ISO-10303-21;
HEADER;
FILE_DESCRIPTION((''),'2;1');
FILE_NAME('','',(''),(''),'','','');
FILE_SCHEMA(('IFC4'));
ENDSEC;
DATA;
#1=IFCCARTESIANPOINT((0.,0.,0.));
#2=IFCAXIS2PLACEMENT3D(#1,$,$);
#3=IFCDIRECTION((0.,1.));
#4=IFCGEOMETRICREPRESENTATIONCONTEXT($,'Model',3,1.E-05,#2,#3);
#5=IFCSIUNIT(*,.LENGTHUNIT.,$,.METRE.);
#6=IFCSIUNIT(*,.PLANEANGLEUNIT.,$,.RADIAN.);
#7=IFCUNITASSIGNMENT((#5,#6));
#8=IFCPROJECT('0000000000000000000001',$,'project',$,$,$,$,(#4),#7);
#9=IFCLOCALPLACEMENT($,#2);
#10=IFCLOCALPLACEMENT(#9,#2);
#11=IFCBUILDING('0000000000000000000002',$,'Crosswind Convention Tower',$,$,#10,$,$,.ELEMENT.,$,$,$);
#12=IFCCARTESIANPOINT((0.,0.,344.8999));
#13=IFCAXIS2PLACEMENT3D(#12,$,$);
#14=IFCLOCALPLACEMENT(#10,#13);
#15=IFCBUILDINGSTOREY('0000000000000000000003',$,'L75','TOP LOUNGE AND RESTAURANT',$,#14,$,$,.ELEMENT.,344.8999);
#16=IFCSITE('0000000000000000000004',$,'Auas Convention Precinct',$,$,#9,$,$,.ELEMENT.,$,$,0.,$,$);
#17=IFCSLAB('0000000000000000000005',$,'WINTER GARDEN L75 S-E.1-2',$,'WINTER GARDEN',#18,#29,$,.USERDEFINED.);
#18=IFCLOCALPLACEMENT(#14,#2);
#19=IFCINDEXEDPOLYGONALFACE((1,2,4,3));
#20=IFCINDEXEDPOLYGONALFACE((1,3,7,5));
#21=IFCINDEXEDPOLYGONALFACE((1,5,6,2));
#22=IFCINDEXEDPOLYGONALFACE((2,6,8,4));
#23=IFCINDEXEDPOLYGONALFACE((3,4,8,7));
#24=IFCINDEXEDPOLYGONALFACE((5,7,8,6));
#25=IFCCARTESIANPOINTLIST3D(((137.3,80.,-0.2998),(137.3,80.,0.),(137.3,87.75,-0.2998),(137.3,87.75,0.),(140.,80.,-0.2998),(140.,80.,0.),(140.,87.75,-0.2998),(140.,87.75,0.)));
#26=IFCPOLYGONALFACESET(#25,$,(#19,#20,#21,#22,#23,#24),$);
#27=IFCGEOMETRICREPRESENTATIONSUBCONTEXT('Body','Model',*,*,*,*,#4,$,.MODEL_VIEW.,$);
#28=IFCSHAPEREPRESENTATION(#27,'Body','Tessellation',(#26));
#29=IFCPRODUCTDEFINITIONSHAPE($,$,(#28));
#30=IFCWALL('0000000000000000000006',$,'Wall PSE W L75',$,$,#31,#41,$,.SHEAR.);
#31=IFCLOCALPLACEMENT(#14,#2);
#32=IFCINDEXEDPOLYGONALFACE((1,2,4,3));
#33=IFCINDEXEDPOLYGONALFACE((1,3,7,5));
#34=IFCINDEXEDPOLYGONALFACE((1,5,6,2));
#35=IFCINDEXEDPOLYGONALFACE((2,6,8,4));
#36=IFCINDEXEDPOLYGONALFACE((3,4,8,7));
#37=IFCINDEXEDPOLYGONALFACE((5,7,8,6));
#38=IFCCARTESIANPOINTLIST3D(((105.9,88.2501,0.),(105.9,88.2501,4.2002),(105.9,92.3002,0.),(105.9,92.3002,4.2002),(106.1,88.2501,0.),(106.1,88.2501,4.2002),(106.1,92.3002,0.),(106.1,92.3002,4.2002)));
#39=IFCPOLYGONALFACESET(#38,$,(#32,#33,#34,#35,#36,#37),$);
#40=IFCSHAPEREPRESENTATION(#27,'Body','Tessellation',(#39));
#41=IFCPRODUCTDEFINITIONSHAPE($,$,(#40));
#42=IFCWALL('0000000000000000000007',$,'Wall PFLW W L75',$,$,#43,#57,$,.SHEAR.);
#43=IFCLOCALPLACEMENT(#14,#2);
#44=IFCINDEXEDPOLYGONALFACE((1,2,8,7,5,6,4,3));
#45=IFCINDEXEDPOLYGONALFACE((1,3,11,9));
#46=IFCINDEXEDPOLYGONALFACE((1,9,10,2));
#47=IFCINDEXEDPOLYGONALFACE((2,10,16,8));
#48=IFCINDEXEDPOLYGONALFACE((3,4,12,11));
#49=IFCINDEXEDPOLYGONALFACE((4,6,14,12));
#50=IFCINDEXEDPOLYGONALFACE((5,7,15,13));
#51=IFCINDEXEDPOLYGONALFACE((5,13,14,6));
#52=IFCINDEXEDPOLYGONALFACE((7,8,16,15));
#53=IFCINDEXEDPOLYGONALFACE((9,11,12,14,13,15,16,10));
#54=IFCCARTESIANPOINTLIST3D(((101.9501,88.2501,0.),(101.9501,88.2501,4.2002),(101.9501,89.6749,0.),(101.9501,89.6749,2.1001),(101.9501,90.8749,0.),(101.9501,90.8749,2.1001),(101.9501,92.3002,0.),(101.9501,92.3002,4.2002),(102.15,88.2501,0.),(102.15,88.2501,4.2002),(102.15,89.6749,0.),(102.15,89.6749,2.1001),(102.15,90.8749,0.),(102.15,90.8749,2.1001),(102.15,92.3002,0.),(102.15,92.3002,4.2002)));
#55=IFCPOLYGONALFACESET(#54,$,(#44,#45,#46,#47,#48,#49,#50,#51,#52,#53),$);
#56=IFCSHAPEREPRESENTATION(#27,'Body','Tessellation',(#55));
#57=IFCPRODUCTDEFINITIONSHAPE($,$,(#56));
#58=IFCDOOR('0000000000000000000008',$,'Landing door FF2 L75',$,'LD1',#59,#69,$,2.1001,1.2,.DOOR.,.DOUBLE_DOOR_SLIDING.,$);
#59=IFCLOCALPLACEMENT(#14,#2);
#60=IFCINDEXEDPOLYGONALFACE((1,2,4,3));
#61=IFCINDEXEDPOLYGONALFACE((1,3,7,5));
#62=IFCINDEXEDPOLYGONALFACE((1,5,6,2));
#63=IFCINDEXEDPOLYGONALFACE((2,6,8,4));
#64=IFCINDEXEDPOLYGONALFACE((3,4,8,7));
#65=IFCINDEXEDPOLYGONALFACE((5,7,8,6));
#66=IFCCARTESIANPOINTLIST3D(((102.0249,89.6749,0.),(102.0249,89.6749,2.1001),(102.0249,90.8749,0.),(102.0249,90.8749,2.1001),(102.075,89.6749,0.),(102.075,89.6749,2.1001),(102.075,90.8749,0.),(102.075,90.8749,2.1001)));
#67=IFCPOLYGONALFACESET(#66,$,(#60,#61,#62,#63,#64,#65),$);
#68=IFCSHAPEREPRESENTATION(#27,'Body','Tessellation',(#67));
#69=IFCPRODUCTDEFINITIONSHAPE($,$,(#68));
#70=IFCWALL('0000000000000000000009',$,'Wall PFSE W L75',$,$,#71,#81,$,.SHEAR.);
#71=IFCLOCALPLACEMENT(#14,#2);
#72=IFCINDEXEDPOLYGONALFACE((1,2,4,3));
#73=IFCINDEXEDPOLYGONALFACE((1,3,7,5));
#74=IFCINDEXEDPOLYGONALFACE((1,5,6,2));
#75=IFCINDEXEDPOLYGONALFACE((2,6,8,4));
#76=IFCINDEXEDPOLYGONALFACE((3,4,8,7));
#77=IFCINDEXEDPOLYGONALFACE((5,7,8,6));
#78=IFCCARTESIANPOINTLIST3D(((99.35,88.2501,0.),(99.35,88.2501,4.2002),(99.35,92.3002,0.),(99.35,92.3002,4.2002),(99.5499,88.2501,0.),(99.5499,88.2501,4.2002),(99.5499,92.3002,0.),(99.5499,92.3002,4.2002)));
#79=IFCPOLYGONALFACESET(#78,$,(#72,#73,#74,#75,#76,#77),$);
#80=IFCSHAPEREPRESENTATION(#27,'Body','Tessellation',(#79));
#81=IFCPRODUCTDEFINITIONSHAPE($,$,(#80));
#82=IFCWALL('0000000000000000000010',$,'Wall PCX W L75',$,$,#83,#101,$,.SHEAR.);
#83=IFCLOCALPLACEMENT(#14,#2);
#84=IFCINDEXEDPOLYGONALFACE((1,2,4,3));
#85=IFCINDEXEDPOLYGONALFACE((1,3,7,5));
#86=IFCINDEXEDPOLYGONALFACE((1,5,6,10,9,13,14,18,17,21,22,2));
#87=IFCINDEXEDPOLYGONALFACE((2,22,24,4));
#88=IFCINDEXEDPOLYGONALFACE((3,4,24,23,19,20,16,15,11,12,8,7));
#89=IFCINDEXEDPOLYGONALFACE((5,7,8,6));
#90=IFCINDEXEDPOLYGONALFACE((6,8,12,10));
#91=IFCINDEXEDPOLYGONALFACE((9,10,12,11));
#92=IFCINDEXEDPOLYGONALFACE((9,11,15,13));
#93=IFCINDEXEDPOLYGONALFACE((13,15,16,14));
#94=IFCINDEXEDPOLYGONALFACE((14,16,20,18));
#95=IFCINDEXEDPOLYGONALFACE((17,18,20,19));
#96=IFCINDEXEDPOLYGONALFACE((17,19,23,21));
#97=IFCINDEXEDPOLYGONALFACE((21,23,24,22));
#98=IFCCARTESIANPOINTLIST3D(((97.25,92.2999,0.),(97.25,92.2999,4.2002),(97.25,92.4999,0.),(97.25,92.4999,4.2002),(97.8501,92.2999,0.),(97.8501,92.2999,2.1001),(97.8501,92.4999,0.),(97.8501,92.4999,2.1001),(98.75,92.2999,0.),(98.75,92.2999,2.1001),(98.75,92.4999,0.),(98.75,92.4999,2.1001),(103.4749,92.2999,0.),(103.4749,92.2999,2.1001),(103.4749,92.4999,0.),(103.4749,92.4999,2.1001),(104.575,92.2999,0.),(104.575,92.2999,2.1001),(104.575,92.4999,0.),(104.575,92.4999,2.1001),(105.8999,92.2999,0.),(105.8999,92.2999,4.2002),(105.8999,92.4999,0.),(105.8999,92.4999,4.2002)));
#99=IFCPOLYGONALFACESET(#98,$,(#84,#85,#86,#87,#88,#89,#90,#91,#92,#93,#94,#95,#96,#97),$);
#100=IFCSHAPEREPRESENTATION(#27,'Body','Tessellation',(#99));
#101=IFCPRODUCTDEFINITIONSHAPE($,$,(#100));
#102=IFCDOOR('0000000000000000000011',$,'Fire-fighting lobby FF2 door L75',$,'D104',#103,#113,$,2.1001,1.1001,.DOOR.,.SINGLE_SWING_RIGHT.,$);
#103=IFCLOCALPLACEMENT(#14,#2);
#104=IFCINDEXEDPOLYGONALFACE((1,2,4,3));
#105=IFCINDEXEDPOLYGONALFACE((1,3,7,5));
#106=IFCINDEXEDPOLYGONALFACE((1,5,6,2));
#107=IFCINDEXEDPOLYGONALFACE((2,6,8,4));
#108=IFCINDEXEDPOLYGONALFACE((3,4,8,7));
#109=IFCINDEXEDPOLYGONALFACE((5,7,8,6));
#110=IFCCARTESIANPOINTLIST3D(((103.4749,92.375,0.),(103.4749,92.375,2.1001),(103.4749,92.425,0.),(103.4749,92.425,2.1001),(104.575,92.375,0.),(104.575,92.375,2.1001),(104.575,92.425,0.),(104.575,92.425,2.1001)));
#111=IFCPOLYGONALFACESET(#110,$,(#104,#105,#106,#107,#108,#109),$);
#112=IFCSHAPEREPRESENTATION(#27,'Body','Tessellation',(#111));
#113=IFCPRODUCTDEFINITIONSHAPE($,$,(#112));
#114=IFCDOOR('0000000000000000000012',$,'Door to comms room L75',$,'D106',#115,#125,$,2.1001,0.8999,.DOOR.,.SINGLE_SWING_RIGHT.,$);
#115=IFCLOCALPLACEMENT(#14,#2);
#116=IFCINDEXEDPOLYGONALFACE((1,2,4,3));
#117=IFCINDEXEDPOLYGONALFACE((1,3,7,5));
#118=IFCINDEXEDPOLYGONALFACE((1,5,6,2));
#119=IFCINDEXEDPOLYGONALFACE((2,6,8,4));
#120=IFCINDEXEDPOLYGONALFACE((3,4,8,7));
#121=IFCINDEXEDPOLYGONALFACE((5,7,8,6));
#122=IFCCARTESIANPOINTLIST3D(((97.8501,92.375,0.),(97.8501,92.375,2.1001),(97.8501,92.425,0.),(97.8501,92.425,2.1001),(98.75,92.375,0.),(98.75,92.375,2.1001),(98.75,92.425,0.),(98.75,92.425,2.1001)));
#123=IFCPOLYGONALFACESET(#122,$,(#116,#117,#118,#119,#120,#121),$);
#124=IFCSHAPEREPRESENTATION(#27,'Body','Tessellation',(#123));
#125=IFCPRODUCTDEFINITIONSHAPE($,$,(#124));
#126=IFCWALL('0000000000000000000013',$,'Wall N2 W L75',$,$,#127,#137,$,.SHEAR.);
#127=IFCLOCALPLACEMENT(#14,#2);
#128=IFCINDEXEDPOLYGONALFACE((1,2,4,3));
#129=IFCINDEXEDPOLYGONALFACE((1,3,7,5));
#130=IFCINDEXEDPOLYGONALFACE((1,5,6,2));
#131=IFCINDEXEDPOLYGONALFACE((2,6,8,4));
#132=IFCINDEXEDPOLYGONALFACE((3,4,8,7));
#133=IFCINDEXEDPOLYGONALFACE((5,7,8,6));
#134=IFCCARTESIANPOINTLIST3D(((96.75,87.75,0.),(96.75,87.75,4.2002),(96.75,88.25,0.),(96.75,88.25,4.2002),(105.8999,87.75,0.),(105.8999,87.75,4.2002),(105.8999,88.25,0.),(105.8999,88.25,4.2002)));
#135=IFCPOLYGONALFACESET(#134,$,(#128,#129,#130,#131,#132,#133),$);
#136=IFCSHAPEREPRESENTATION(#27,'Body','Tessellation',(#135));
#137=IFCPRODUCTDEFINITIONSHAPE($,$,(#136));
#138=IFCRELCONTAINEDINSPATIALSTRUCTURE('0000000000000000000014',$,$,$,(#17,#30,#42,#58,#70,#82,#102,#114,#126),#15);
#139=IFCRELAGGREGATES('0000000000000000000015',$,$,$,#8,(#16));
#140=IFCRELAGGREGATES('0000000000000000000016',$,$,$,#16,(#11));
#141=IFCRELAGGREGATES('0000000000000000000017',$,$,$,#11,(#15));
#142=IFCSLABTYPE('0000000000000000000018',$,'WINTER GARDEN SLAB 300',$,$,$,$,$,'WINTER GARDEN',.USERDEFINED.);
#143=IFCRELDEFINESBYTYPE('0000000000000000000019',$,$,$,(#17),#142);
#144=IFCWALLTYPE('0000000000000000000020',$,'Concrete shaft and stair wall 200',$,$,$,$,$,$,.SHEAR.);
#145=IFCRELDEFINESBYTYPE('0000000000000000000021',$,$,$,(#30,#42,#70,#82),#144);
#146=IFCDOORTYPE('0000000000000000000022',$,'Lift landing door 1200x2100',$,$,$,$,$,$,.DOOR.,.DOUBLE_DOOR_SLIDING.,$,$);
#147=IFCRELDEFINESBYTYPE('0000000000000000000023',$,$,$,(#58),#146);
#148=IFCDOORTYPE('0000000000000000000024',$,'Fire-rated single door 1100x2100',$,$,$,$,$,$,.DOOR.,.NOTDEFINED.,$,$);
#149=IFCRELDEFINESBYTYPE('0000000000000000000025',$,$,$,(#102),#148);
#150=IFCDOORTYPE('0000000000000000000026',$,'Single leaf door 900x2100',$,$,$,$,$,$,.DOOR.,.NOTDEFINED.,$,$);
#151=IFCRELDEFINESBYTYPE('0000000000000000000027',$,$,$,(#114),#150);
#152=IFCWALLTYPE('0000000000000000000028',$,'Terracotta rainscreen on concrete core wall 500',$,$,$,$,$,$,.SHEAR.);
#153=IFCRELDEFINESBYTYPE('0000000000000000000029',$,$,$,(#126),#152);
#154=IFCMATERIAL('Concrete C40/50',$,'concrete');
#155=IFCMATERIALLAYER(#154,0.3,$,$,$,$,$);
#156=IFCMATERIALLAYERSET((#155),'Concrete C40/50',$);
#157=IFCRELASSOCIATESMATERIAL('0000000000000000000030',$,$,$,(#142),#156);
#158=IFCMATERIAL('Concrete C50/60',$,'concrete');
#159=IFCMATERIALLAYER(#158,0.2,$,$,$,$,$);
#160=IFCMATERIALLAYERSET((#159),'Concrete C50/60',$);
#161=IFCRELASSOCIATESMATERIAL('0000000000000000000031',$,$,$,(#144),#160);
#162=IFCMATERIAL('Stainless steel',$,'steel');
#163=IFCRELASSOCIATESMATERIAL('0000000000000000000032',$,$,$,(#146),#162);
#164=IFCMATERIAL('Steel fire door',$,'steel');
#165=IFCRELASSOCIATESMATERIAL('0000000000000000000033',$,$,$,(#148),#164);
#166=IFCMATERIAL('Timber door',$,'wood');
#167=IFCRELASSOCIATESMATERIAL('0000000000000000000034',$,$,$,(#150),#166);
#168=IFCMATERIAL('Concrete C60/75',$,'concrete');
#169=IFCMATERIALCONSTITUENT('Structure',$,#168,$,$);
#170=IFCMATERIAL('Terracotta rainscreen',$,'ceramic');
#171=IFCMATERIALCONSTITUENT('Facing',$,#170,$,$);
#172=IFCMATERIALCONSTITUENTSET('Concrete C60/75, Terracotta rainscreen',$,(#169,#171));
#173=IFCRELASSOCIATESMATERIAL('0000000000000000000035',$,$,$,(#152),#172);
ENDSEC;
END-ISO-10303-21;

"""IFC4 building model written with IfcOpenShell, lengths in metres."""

from ifc_helpers import new_model, si_unit, direction, frame, frame_2d, origin, place, context, subcontext, project, spatial, polyline, rectangle, outline, extrude, material, layer, layer_set, constituent, constituent_set, type_object, element, fill, save


model = new_model("IFC4")

# Units and contexts
model_context = context("Model", 3, precision=1e-05, world=origin(), true_north=direction((0.0, 1.0)))
body_context = subcontext(model_context, "Body", "Model", "MODEL_VIEW")
ifc_project = project(units=[si_unit("LENGTHUNIT", "METRE"), si_unit("PLANEANGLEUNIT", "RADIAN")], contexts=[model_context])

# Site, building, storey
site_placement = place(None, origin())
site = spatial("IfcSite", under=ifc_project, at=site_placement, Name="Auas Convention Precinct", CompositionType="ELEMENT", RefElevation=0.0)
building_placement = place(site_placement, origin())
building = spatial("IfcBuilding", under=site, at=building_placement, Name="Crosswind Convention Tower", CompositionType="ELEMENT")
storey_placement = place(building_placement, frame((0.0, 0.0, 344.8999)))
storey = spatial("IfcBuildingStorey", under=building, at=storey_placement, Name="L75", Description="TOP LOUNGE AND RESTAURANT", CompositionType="ELEMENT", Elevation=344.8999)

# Shared definitions
ifc_material_1 = material(Name="Concrete C40/50", Category="concrete")

# Slab
ifc_layer_1 = layer(ifc_material_1, 0.3)
ifc_layer_set_1 = layer_set([ifc_layer_1], Name="Concrete C40/50")
slab_type_1 = type_object("IfcSlabType", Name="WINTER GARDEN SLAB 300", ElementType="WINTER GARDEN", PredefinedType="USERDEFINED", material=ifc_layer_set_1)
slab_1_placement = place(storey_placement, frame((0.0, 0.0, -0.2998)))
element("IfcSlab", 1, at=slab_1_placement, inside=storey, type_object=slab_type_1, Name="WINTER GARDEN L75 S-E.1-2", ObjectType="WINTER GARDEN", PredefinedType="USERDEFINED", context=body_context, shape_type="SweptSolid", body=[
    extrude(outline(polyline([(137.3, 80.0), (137.3, 87.75), (140.0, 87.75), (140.0, 80.0), (137.3, 80.0)])), origin(), (0.0, 0.0, 1.0), 0.2998),
])

# Wall
ifc_material_2 = material(Name="Concrete C50/60", Category="concrete")
ifc_layer_2 = layer(ifc_material_2, 0.2)
ifc_layer_set_2 = layer_set([ifc_layer_2], Name="Concrete C50/60")
wall_type_1 = type_object("IfcWallType", Name="Concrete shaft and stair wall 200", PredefinedType="SHEAR", material=ifc_layer_set_2)
wall_1_placement = place(storey_placement, frame((106.0, 92.3, 0.0), z_axis=(0.0, 0.0, 1.0), x_axis=(0.0, -1.0, 0.0)))
element("IfcWall", 2, at=wall_1_placement, inside=storey, type_object=wall_type_1, Name="Wall PSE W L75", PredefinedType="SHEAR", context=body_context, shape_type="SweptSolid", body=[
    extrude(rectangle(XDim=4.05, YDim=0.2, at=frame_2d((2.0249, 0.0))), origin(), (0.0, 0.0, 1.0), 4.2002),
])

# Wall, opening, door
wall_2_placement = place(storey_placement, frame((102.05, 92.3, 0.0), z_axis=(0.0, 0.0, 1.0), x_axis=(0.0, -1.0, 0.0)))
wall_2 = element("IfcWall", 3, at=wall_2_placement, inside=storey, type_object=wall_type_1, Name="Wall PFLW W L75", PredefinedType="SHEAR", context=body_context, shape_type="SweptSolid", body=[
    extrude(rectangle(XDim=4.05, YDim=0.2, at=frame_2d((2.0249, 0.0))), origin(), (0.0, 0.0, 1.0), 4.2002),
])
opening_1_placement = place(wall_2_placement, frame((1.425, 0.0, 0.0)))
opening_1 = element("IfcOpeningElement", 4, at=opening_1_placement, cuts=wall_2, PredefinedType="OPENING", context=body_context, shape_type="SweptSolid", body=[
    extrude(rectangle(XDim=1.2, YDim=2.1001, at=frame_2d((0.6001, 1.05))), frame((0.0, 0.1099, 0.0), z_axis=(0.0, -1.0, 0.0), x_axis=(1.0, 0.0, 0.0)), (0.0, 0.0, 1.0), 0.22),
])
ifc_material_3 = material(Name="Stainless steel", Category="steel")
door_type_1 = type_object("IfcDoorType", Name="Lift landing door 1200x2100", OperationType="DOUBLE_DOOR_SLIDING", PredefinedType="DOOR", material=ifc_material_3)
door_1_placement = place(opening_1_placement, origin())
door_1 = element("IfcDoor", 5, at=door_1_placement, inside=storey, type_object=door_type_1, Name="Landing door FF2 L75", ObjectType="LD1", OperationType="DOUBLE_DOOR_SLIDING", OverallHeight=2.1001, OverallWidth=1.2, PredefinedType="DOOR", context=body_context, shape_type="SweptSolid", body=[
    extrude(rectangle(XDim=1.2, YDim=2.1001, at=frame_2d((0.6001, 1.05))), frame((0.0, 0.0249, 0.0), z_axis=(0.0, -1.0, 0.0), x_axis=(1.0, 0.0, 0.0)), (0.0, 0.0, 1.0), 0.05),
])
fill(opening_1, door_1)

# Wall
wall_3_placement = place(storey_placement, frame((99.45, 92.3, 0.0), z_axis=(0.0, 0.0, 1.0), x_axis=(0.0, -1.0, 0.0)))
element("IfcWall", 6, at=wall_3_placement, inside=storey, type_object=wall_type_1, Name="Wall PFSE W L75", PredefinedType="SHEAR", context=body_context, shape_type="SweptSolid", body=[
    extrude(rectangle(XDim=4.05, YDim=0.2, at=frame_2d((2.0249, 0.0))), origin(), (0.0, 0.0, 1.0), 4.2002),
])

# Wall, openings, doors
wall_4_placement = place(storey_placement, frame((105.8999, 92.3999, 0.0), z_axis=(0.0, 0.0, 1.0), x_axis=(-1.0, 0.0, 0.0)))
wall_4 = element("IfcWall", 7, at=wall_4_placement, inside=storey, type_object=wall_type_1, Name="Wall PCX W L75", PredefinedType="SHEAR", context=body_context, shape_type="SweptSolid", body=[
    extrude(rectangle(XDim=8.6499, YDim=0.2, at=frame_2d((4.325, 0.0))), origin(), (0.0, 0.0, 1.0), 4.2002),
])
opening_2_placement = place(wall_4_placement, frame((1.325, 0.0, 0.0)))
opening_2 = element("IfcOpeningElement", 8, at=opening_2_placement, cuts=wall_4, PredefinedType="OPENING", context=body_context, shape_type="SweptSolid", body=[
    extrude(rectangle(XDim=1.1001, YDim=2.1001, at=frame_2d((0.55, 1.05))), frame((0.0, 0.1099, 0.0), z_axis=(0.0, -1.0, 0.0), x_axis=(1.0, 0.0, 0.0)), (0.0, 0.0, 1.0), 0.22),
])
opening_3_placement = place(wall_4_placement, frame((7.1499, 0.0, 0.0)))
opening_3 = element("IfcOpeningElement", 9, at=opening_3_placement, cuts=wall_4, PredefinedType="OPENING", context=body_context, shape_type="SweptSolid", body=[
    extrude(rectangle(XDim=0.8999, YDim=2.1001, at=frame_2d((0.45, 1.05))), frame((0.0, 0.1099, 0.0), z_axis=(0.0, -1.0, 0.0), x_axis=(1.0, 0.0, 0.0)), (0.0, 0.0, 1.0), 0.22),
])
ifc_material_4 = material(Name="Steel fire door", Category="steel")
door_type_2 = type_object("IfcDoorType", Name="Fire-rated single door 1100x2100", OperationType="NOTDEFINED", PredefinedType="DOOR", material=ifc_material_4)
door_2_placement = place(opening_2_placement, origin())
door_2 = element("IfcDoor", 10, at=door_2_placement, inside=storey, type_object=door_type_2, Name="Fire-fighting lobby FF2 door L75", ObjectType="D104", OperationType="SINGLE_SWING_RIGHT", OverallHeight=2.1001, OverallWidth=1.1001, PredefinedType="DOOR", context=body_context, shape_type="SweptSolid", body=[
    extrude(rectangle(XDim=1.1001, YDim=2.1001, at=frame_2d((0.55, 1.05))), frame((0.0, 0.0249, 0.0), z_axis=(0.0, -1.0, 0.0), x_axis=(1.0, 0.0, 0.0)), (0.0, 0.0, 1.0), 0.05),
])
fill(opening_2, door_2)
ifc_material_5 = material(Name="Timber door", Category="wood")
door_type_3 = type_object("IfcDoorType", Name="Single leaf door 900x2100", OperationType="NOTDEFINED", PredefinedType="DOOR", material=ifc_material_5)
door_3_placement = place(opening_3_placement, origin())
door_3 = element("IfcDoor", 11, at=door_3_placement, inside=storey, type_object=door_type_3, Name="Door to comms room L75", ObjectType="D106", OperationType="SINGLE_SWING_RIGHT", OverallHeight=2.1001, OverallWidth=0.8999, PredefinedType="DOOR", context=body_context, shape_type="SweptSolid", body=[
    extrude(rectangle(XDim=0.8999, YDim=2.1001, at=frame_2d((0.45, 1.05))), frame((0.0, 0.0249, 0.0), z_axis=(0.0, -1.0, 0.0), x_axis=(1.0, 0.0, 0.0)), (0.0, 0.0, 1.0), 0.05),
])
fill(opening_3, door_3)

# Wall
ifc_material_6 = material(Name="Concrete C60/75", Category="concrete")
ifc_constituent_1 = constituent(ifc_material_6, Name="Structure")
ifc_material_7 = material(Name="Terracotta rainscreen", Category="ceramic")
ifc_constituent_2 = constituent(ifc_material_7, Name="Facing")
ifc_constituent_set = constituent_set(constituents=[ifc_constituent_1, ifc_constituent_2], Name="Concrete C60/75, Terracotta rainscreen")
wall_type_2 = type_object("IfcWallType", Name="Terracotta rainscreen on concrete core wall 500", PredefinedType="SHEAR", material=ifc_constituent_set)
wall_5_placement = place(storey_placement, frame((105.8999, 88.0, 0.0), z_axis=(0.0, 0.0, 1.0), x_axis=(-1.0, 0.0, 0.0)))
element("IfcWall", 12, at=wall_5_placement, inside=storey, type_object=wall_type_2, Name="Wall N2 W L75", PredefinedType="SHEAR", context=body_context, shape_type="SweptSolid", body=[
    extrude(rectangle(XDim=9.1499, YDim=0.5, at=frame_2d((4.575, 0.0))), origin(), (0.0, 0.0, 1.0), 4.2002),
])

save(model, "model.ifc")
